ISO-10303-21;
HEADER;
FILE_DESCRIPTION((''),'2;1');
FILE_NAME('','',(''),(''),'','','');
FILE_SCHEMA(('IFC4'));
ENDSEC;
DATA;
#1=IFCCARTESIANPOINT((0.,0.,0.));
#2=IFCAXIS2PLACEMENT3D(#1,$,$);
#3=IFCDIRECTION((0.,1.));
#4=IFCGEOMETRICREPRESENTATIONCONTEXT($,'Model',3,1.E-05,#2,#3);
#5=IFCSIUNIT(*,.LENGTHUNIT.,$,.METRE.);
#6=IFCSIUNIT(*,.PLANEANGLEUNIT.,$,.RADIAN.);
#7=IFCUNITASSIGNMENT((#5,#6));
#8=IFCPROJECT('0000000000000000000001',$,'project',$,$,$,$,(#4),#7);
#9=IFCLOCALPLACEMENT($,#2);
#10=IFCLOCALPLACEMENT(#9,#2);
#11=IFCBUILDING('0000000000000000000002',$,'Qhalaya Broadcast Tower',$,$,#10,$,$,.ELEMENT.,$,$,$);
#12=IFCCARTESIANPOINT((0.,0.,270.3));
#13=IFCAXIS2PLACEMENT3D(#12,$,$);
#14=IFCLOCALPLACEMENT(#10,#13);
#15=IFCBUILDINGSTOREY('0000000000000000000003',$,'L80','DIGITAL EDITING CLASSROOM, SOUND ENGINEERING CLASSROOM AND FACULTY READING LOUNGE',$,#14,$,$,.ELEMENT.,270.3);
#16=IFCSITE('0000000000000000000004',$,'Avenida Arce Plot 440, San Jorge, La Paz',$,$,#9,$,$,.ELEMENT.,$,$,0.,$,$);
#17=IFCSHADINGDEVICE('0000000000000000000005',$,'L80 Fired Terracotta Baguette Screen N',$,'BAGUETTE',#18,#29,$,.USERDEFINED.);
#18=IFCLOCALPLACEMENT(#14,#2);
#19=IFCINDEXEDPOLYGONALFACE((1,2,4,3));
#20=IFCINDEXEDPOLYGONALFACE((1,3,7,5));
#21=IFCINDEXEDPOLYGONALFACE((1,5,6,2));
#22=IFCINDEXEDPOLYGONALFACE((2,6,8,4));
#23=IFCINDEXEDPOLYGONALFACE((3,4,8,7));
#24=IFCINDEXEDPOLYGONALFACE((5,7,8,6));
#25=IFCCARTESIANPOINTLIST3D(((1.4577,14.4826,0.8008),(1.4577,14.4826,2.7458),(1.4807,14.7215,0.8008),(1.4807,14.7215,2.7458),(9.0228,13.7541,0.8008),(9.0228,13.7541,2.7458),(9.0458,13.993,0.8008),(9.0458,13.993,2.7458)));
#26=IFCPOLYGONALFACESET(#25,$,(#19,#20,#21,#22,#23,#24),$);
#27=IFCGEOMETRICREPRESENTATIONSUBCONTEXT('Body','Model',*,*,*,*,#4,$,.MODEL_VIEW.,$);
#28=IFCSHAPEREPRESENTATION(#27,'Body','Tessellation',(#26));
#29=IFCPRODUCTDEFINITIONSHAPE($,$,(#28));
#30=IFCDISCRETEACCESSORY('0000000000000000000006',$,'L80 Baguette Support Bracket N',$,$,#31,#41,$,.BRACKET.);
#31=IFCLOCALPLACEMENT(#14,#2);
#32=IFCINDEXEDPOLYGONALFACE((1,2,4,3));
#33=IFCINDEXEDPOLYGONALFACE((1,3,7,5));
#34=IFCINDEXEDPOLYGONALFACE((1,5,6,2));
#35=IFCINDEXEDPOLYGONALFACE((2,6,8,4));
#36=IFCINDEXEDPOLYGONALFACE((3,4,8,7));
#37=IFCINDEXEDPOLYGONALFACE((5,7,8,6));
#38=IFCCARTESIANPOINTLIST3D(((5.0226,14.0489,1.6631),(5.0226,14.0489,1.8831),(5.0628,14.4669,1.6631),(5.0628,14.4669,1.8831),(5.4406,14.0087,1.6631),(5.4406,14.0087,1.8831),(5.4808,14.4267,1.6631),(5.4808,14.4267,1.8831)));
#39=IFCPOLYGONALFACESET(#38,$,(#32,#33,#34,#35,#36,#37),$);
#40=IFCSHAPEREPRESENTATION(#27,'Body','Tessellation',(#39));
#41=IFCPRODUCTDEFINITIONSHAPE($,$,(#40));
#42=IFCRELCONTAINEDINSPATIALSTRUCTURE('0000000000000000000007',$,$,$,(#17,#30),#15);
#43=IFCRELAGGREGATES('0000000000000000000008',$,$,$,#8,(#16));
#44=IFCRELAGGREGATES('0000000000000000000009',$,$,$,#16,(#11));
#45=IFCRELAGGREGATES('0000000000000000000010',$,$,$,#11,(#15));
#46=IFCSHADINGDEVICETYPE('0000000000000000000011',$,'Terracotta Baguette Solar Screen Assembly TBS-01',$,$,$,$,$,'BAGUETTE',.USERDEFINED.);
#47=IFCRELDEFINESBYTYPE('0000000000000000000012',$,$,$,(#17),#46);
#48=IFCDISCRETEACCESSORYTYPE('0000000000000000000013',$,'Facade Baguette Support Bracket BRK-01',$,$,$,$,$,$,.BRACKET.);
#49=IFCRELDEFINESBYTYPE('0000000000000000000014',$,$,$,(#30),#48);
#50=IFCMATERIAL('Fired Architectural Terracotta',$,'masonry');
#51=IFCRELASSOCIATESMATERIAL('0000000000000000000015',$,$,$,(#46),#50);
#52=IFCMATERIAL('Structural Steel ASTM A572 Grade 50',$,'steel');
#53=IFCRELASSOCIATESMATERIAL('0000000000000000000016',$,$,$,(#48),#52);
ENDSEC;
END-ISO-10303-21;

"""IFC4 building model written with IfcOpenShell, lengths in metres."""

from ifc_helpers import new_model, si_unit, direction, frame, origin, origin_2d, place, context, subcontext, project, spatial, rectangle, extrude, material, type_object, element, save


model = new_model("IFC4")

# Units and contexts
model_context = context("Model", 3, precision=1e-05, world=origin(), true_north=direction((0.0, 1.0)))
body_context = subcontext(model_context, "Body", "Model", "MODEL_VIEW")
ifc_project = project(units=[si_unit("LENGTHUNIT", "METRE"), si_unit("PLANEANGLEUNIT", "RADIAN")], contexts=[model_context])

# Site, building, storey
site_placement = place(None, origin())
site = spatial("IfcSite", under=ifc_project, at=site_placement, Name="Avenida Arce Plot 440, San Jorge, La Paz", CompositionType="ELEMENT", RefElevation=0.0)
building_placement = place(site_placement, origin())
building = spatial("IfcBuilding", under=site, at=building_placement, Name="Qhalaya Broadcast Tower", CompositionType="ELEMENT")
storey_placement = place(building_placement, frame((0.0, 0.0, 270.3)))
storey = spatial("IfcBuildingStorey", under=building, at=storey_placement, Name="L80", Description="DIGITAL EDITING CLASSROOM, SOUND ENGINEERING CLASSROOM AND FACULTY READING LOUNGE", CompositionType="ELEMENT", Elevation=270.3)

# Shared definitions
ifc_material_1 = material(Name="Structural Steel ASTM A572 Grade 50", Category="steel")

# Shared definitions
ifc_material_2 = material(Name="Fired Architectural Terracotta", Category="masonry")

# Shading device
shading_device_type = type_object("IfcShadingDeviceType", Name="Terracotta Baguette Solar Screen Assembly TBS-01", ElementType="BAGUETTE", PredefinedType="USERDEFINED", material=ifc_material_2)
shading_device_placement = place(storey_placement, frame((5.2517, 14.2378, 0.8008), z_axis=(0.0, 0.0, 1.0), x_axis=(-0.995396, 0.095846, 0.0)))
element("IfcShadingDevice", 1, at=shading_device_placement, inside=storey, type_object=shading_device_type, Name="L80 Fired Terracotta Baguette Screen N", ObjectType="BAGUETTE", PredefinedType="USERDEFINED", context=body_context, shape_type="SweptSolid", body=[
    extrude(rectangle(XDim=7.6001, YDim=0.24, at=origin_2d()), origin(), (0.0, 0.0, 1.0), 1.9451),
])

# Discrete accessory
discrete_accessory_type = type_object("IfcDiscreteAccessoryType", Name="Facade Baguette Support Bracket BRK-01", PredefinedType="BRACKET", material=ifc_material_1)
discrete_accessory_placement = place(storey_placement, frame((5.2517, 14.2378, 1.6631), z_axis=(0.0, 0.0, 1.0), x_axis=(-0.995396, 0.095846, 0.0)))
element("IfcDiscreteAccessory", 2, at=discrete_accessory_placement, inside=storey, type_object=discrete_accessory_type, Name="L80 Baguette Support Bracket N", PredefinedType="BRACKET", context=body_context, shape_type="SweptSolid", body=[
    extrude(rectangle(XDim=0.4199, YDim=0.4199, at=origin_2d()), origin(), (0.0, 0.0, 1.0), 0.22),
])

save(model, "model.ifc")
